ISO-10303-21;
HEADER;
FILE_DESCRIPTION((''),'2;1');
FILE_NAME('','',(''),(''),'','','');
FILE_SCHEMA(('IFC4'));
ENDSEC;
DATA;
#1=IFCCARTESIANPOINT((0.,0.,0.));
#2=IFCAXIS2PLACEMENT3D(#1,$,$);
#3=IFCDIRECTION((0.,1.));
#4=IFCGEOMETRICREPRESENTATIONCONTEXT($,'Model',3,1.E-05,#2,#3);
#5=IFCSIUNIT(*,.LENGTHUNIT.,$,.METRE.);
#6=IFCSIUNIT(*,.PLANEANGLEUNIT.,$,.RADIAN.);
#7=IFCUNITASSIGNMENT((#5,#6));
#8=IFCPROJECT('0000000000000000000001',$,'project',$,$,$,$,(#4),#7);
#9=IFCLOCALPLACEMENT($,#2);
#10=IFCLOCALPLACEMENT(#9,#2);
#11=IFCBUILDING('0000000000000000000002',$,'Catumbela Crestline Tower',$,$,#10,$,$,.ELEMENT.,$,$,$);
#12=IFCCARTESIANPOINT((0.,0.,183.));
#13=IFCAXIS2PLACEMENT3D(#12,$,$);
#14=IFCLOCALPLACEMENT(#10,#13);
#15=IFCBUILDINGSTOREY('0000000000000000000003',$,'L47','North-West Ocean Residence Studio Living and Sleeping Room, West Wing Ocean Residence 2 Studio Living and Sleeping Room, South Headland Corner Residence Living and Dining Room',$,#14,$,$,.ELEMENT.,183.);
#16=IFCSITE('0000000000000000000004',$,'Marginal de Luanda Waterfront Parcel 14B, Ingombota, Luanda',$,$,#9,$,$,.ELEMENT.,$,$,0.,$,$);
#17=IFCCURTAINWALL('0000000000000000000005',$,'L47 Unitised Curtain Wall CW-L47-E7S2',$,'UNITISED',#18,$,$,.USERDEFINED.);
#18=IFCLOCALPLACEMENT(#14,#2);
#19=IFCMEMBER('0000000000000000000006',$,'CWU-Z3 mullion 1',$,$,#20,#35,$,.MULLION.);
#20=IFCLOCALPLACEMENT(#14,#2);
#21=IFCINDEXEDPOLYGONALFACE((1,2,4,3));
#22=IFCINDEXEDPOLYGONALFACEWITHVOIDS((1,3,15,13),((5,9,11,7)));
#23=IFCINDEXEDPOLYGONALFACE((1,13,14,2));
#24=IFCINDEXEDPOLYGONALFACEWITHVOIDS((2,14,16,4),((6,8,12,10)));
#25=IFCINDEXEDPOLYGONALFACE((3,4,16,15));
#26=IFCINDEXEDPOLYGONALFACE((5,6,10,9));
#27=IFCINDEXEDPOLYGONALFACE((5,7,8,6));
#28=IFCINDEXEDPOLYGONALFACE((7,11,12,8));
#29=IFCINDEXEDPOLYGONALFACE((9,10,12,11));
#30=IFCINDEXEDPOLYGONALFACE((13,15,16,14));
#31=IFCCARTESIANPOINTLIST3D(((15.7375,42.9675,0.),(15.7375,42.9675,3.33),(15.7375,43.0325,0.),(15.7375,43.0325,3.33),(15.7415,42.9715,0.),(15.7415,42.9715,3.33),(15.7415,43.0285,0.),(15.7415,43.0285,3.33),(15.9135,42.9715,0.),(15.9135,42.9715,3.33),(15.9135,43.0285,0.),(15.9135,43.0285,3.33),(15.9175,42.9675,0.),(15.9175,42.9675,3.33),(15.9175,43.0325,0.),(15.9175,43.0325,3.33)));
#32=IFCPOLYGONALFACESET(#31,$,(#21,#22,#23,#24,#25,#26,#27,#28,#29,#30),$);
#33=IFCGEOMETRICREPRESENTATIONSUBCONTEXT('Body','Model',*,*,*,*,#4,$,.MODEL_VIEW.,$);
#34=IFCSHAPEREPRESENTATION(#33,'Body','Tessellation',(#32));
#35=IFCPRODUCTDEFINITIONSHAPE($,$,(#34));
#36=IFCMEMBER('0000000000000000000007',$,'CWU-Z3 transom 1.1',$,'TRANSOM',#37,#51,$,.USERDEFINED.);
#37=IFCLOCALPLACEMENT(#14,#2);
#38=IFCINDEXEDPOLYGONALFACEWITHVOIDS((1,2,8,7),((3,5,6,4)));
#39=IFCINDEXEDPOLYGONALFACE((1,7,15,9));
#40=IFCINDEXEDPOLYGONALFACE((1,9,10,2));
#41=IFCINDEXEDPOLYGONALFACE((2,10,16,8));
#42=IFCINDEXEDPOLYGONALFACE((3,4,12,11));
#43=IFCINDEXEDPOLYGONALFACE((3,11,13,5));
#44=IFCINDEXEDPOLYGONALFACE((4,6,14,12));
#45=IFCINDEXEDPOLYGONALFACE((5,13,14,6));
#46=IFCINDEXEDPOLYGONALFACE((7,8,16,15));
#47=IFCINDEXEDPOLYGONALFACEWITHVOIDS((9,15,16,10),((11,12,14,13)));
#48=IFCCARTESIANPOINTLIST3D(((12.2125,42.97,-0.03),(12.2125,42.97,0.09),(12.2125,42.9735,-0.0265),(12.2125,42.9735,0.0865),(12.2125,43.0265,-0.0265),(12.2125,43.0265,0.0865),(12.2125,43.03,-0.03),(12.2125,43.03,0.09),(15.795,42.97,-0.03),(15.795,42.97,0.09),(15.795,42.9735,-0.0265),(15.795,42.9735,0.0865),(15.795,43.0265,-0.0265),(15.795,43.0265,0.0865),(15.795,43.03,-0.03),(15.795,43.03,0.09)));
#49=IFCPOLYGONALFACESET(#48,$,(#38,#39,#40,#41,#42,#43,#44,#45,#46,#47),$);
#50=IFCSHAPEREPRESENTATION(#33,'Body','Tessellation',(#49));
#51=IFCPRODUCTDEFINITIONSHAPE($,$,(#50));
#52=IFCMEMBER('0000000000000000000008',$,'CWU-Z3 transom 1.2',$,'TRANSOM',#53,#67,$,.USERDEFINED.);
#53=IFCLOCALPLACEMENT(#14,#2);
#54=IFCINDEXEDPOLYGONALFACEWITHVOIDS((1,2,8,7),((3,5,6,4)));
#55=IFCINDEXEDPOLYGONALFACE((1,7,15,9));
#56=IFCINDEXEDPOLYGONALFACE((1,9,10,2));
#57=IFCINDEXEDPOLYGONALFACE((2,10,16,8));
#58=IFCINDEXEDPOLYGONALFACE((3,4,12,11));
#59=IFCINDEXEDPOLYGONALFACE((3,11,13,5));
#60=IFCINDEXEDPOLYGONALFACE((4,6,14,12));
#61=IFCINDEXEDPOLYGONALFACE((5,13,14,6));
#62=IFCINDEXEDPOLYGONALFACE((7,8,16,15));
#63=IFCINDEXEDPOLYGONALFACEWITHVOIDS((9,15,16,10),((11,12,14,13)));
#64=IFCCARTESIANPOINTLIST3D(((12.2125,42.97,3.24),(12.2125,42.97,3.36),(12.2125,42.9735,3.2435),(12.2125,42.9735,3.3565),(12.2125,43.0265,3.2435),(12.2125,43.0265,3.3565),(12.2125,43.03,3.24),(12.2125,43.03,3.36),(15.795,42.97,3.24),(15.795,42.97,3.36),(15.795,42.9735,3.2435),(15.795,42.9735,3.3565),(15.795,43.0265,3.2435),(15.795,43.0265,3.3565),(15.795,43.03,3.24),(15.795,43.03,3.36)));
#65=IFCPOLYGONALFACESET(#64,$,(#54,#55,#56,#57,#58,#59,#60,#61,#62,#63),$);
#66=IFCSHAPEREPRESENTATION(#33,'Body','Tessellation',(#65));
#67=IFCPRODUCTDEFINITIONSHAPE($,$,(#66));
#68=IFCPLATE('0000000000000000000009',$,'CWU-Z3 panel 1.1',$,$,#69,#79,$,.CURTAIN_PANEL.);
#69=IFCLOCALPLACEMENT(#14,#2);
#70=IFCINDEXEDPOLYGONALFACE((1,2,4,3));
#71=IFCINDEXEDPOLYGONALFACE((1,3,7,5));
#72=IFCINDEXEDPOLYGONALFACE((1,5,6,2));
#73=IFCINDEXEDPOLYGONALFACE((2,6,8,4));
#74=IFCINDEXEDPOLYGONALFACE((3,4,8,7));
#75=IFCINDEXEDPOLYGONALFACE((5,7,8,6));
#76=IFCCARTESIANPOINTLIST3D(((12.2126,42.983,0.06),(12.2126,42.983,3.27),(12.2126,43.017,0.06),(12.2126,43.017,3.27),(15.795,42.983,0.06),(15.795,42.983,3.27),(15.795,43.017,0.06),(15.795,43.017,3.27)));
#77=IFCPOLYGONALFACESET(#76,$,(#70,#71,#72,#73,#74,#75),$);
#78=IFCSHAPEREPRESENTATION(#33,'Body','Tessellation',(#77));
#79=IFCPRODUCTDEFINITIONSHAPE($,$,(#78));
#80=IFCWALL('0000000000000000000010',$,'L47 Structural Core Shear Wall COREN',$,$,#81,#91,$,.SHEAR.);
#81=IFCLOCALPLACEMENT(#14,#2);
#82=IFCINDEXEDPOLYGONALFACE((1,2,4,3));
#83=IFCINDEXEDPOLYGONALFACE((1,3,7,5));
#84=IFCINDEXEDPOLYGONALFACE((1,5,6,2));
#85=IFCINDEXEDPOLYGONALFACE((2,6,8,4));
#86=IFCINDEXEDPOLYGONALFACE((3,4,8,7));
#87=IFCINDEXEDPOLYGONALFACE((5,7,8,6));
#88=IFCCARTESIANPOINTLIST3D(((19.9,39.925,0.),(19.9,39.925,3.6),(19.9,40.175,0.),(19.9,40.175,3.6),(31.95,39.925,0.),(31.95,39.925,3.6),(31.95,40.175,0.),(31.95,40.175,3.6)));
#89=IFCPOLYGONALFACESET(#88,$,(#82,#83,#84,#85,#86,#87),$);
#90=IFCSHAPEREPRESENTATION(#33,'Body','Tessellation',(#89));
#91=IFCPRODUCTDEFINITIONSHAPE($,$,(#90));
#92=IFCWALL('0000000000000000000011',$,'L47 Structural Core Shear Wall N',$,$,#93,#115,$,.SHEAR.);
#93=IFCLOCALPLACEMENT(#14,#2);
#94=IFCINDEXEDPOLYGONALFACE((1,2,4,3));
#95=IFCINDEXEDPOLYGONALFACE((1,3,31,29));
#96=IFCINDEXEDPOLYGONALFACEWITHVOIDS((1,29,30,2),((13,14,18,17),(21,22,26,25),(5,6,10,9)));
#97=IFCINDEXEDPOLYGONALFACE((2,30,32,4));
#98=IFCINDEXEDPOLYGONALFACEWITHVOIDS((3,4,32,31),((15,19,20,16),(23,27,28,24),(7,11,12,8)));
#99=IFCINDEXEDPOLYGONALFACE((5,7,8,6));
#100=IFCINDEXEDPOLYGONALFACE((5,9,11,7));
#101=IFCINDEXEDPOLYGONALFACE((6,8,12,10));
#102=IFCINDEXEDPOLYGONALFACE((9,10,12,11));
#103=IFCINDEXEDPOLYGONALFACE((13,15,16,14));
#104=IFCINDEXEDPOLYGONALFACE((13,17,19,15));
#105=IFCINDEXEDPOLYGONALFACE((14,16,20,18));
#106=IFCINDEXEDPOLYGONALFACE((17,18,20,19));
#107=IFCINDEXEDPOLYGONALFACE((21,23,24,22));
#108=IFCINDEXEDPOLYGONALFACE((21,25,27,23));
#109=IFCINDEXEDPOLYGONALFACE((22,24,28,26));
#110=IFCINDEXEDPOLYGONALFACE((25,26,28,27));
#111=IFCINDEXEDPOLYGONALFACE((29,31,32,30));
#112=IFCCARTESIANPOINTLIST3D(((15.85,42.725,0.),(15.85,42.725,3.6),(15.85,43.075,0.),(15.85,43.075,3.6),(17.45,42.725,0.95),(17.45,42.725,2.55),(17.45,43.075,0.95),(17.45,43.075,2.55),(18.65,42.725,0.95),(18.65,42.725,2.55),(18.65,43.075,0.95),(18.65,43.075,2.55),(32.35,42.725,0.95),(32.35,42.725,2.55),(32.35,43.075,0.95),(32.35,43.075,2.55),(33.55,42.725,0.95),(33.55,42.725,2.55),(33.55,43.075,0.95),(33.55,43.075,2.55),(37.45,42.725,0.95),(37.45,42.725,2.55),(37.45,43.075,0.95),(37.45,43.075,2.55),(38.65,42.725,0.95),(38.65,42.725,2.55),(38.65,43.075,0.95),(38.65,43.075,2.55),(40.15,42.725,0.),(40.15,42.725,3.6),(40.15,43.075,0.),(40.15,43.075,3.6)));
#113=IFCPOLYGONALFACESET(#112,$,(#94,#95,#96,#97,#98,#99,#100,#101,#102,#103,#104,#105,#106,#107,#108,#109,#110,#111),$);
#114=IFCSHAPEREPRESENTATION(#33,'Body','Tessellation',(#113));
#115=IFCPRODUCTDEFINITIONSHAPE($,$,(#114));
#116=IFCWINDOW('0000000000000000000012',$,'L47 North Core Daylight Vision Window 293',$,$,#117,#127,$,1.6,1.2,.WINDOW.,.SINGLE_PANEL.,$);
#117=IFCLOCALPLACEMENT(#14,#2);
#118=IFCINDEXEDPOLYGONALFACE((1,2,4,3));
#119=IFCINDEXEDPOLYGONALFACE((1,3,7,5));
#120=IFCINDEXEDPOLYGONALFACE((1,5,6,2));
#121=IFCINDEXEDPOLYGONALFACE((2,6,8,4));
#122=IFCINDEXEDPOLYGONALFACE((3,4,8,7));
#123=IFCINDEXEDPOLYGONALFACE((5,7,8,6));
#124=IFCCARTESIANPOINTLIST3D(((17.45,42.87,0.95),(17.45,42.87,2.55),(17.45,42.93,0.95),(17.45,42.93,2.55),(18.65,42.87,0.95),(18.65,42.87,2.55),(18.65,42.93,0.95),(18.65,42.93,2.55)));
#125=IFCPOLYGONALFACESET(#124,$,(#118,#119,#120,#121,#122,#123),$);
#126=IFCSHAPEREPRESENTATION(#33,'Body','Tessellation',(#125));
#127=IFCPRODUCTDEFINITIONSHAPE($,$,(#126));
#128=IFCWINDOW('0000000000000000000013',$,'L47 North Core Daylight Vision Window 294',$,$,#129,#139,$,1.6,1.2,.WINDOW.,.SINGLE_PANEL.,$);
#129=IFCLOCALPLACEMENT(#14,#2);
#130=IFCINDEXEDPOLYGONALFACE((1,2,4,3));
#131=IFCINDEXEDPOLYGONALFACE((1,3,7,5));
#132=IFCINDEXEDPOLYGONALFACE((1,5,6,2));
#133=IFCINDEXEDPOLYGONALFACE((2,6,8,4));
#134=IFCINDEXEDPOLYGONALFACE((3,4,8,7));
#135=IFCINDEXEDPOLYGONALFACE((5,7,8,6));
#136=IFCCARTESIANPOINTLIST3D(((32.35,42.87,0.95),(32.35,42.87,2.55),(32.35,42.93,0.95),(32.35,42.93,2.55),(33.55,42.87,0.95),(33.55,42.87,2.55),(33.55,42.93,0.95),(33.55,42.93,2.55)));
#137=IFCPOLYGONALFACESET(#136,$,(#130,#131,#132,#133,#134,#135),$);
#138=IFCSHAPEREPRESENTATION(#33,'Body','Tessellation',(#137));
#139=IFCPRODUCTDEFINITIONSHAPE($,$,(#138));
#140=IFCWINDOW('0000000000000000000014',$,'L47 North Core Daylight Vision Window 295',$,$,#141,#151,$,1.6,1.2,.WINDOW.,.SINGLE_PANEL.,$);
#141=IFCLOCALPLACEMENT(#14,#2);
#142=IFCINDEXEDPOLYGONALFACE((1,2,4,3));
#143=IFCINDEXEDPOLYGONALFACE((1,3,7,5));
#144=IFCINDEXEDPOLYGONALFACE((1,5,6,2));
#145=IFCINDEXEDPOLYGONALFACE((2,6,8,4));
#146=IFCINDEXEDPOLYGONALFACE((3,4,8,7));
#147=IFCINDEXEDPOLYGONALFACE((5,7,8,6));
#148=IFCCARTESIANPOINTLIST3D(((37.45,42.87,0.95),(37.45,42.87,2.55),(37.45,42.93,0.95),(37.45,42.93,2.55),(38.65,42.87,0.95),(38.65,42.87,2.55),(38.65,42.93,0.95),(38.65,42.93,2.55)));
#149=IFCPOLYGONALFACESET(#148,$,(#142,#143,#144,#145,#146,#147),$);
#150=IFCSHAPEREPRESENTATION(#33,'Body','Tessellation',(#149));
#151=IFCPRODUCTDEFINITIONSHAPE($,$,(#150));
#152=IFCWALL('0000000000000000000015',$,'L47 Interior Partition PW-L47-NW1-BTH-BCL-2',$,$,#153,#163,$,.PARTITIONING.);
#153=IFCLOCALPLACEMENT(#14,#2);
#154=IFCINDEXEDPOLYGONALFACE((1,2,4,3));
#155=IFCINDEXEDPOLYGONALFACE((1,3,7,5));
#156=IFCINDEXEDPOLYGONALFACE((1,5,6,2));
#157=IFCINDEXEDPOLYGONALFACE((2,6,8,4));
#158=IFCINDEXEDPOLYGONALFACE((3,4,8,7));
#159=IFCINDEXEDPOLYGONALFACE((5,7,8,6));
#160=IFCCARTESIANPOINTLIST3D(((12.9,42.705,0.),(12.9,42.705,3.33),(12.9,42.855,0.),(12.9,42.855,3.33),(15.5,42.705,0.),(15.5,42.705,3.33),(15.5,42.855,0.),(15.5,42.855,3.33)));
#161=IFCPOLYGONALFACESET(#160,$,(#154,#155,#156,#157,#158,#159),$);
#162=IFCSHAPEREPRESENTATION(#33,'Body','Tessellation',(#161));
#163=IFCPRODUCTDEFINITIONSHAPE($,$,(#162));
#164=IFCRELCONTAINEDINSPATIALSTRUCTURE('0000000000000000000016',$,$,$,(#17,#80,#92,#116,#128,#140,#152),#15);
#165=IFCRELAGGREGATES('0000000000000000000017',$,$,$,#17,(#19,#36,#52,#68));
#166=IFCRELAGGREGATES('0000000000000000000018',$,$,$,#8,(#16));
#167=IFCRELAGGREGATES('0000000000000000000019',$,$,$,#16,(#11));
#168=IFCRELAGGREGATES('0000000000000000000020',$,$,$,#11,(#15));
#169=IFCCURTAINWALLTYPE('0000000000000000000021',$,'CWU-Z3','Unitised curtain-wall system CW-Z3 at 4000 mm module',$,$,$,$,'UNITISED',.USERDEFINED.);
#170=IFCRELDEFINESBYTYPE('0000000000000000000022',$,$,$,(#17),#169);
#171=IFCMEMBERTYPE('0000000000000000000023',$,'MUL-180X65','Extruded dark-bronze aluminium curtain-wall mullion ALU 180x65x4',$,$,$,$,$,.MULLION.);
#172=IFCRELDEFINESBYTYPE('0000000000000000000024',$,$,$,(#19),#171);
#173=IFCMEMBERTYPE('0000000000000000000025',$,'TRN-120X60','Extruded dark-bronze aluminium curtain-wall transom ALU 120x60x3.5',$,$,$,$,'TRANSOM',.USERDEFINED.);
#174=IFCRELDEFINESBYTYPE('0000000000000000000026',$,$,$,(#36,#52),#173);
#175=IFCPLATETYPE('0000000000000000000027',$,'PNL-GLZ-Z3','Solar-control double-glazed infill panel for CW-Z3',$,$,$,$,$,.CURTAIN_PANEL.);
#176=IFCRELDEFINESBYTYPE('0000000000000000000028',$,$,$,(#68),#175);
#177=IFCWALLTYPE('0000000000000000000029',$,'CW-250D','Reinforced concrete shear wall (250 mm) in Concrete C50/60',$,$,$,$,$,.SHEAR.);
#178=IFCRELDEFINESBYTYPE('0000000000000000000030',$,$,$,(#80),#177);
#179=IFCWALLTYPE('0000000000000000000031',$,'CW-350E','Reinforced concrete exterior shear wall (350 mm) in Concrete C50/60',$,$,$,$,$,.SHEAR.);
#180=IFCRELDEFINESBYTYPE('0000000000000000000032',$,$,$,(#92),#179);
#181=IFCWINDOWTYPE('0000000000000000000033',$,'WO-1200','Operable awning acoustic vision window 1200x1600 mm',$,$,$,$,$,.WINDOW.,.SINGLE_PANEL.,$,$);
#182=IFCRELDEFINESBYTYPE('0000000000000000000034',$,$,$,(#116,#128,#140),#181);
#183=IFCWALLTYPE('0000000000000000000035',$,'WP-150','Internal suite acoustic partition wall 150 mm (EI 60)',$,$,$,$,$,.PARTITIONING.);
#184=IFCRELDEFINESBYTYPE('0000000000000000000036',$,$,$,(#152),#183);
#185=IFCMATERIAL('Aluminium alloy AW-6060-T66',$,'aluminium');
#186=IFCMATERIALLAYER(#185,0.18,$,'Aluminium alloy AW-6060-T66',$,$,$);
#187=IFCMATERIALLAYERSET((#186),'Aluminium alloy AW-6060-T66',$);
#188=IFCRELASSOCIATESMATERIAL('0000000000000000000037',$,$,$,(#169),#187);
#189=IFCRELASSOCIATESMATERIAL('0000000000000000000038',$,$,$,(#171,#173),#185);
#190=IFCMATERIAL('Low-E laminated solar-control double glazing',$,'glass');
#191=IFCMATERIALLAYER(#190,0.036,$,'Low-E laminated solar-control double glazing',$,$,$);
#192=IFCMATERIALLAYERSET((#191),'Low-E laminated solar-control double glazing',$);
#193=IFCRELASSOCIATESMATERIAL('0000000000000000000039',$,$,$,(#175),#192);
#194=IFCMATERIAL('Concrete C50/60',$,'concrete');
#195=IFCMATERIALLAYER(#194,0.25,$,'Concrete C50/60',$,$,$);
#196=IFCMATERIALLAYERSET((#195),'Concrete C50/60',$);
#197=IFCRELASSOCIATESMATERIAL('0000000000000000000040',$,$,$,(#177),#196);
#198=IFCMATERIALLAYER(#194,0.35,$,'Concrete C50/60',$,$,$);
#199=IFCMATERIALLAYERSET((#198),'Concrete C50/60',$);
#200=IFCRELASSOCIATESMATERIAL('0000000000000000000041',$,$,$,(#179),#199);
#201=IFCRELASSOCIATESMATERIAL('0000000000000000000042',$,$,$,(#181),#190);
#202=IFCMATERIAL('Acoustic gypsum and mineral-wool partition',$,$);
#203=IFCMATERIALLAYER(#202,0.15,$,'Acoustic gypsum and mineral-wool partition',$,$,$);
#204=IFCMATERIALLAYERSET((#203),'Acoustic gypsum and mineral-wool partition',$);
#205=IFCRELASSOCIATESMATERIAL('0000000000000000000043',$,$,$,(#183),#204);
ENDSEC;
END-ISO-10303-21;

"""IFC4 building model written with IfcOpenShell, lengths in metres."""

from ifc_helpers import new_model, si_unit, direction, frame, frame_2d, origin, origin_2d, place, context, subcontext, project, spatial, rectangle, hollow_rectangle, extrude, material, layer, layer_set, material_profile, profile_set, type_object, element, fill, aggregate, save


model = new_model("IFC4")

# Units and contexts
model_context = context("Model", 3, precision=1e-05, world=origin(), true_north=direction((0.0, 1.0)))
body_context = subcontext(model_context, "Body", "Model", "MODEL_VIEW")
ifc_project = project(units=[si_unit("LENGTHUNIT", "METRE"), si_unit("PLANEANGLEUNIT", "RADIAN")], contexts=[model_context])

# Site, building, storey
site_placement = place(None, origin())
site = spatial("IfcSite", under=ifc_project, at=site_placement, Name="Marginal de Luanda Waterfront Parcel 14B, Ingombota, Luanda", CompositionType="ELEMENT", RefElevation=0.0)
building_placement = place(site_placement, origin())
building = spatial("IfcBuilding", under=site, at=building_placement, Name="Catumbela Crestline Tower", CompositionType="ELEMENT")
storey_placement = place(building_placement, frame((0.0, 0.0, 183.0)))
storey = spatial("IfcBuildingStorey", under=building, at=storey_placement, Name="L47", Description="North-West Ocean Residence Studio Living and Sleeping Room, West Wing Ocean Residence 2 Studio Living and Sleeping Room, South Headland Corner Residence Living and Dining Room", CompositionType="ELEMENT", Elevation=183.0)

# Curtain wall, members, plate
ifc_material_1 = material(Name="Aluminium alloy AW-6060-T66", Category="aluminium")
ifc_layer_1 = layer(ifc_material_1, 0.18, Name="Aluminium alloy AW-6060-T66")
ifc_layer_set_1 = layer_set([ifc_layer_1], Name="Aluminium alloy AW-6060-T66")
curtain_wall_type = type_object("IfcCurtainWallType", Name="CWU-Z3", Description="Unitised curtain-wall system CW-Z3 at 4000 mm module", ElementType="UNITISED", PredefinedType="USERDEFINED", material=ifc_layer_set_1)
curtain_wall_placement = place(storey_placement, origin())
curtain_wall = element("IfcCurtainWall", 1, at=curtain_wall_placement, inside=storey, type_object=curtain_wall_type, Name="L47 Unitised Curtain Wall CW-L47-E7S2", ObjectType="UNITISED", PredefinedType="USERDEFINED")
ifc_material_profile_1 = material_profile(ifc_material_1, hollow_rectangle(XDim=0.065, YDim=0.18, WallThickness=0.004, at=origin_2d()), Name="ALU 180x65x4")
ifc_profile_set_1 = profile_set([ifc_material_profile_1], Name="Aluminium alloy AW-6060-T66")
member_type_1 = type_object("IfcMemberType", Name="MUL-180X65", Description="Extruded dark-bronze aluminium curtain-wall mullion ALU 180x65x4", PredefinedType="MULLION", material=ifc_profile_set_1)
member_1_placement = place(storey_placement, frame((15.8275, 43.0, 0.0), z_axis=(0.0, 0.0, 1.0), x_axis=(0.0, -1.0, 0.0)))
member_1 = element("IfcMember", 2, at=member_1_placement, type_object=member_type_1, Name="CWU-Z3 mullion 1", PredefinedType="MULLION", context=body_context, shape_type="SweptSolid", body=[
    extrude(hollow_rectangle(XDim=0.065, YDim=0.18, WallThickness=0.004, at=origin_2d()), origin(), (0.0, 0.0, 1.0), 3.33),
])
ifc_material_profile_2 = material_profile(ifc_material_1, hollow_rectangle(XDim=0.06, YDim=0.12, WallThickness=0.0035, at=origin_2d()), Name="ALU 120x60x3.5")
ifc_profile_set_2 = profile_set([ifc_material_profile_2], Name="Aluminium alloy AW-6060-T66")
member_type_2 = type_object("IfcMemberType", Name="TRN-120X60", Description="Extruded dark-bronze aluminium curtain-wall transom ALU 120x60x3.5", ElementType="TRANSOM", PredefinedType="USERDEFINED", material=ifc_profile_set_2)
member_2_placement = place(storey_placement, frame((15.795, 43.0, 0.03), z_axis=(-1.0, 0.0, 0.0), x_axis=(0.0, -1.0, 0.0)))
member_2 = element("IfcMember", 3, at=member_2_placement, type_object=member_type_2, Name="CWU-Z3 transom 1.1", ObjectType="TRANSOM", PredefinedType="USERDEFINED", context=body_context, shape_type="SweptSolid", body=[
    extrude(hollow_rectangle(XDim=0.06, YDim=0.12, WallThickness=0.0035, at=origin_2d()), origin(), (0.0, 0.0, 1.0), 3.5825),
])
member_3_placement = place(storey_placement, frame((15.795, 43.0, 3.3), z_axis=(-1.0, 0.0, 0.0), x_axis=(0.0, -1.0, 0.0)))
member_3 = element("IfcMember", 4, at=member_3_placement, type_object=member_type_2, Name="CWU-Z3 transom 1.2", ObjectType="TRANSOM", PredefinedType="USERDEFINED", context=body_context, shape_type="SweptSolid", body=[
    extrude(hollow_rectangle(XDim=0.06, YDim=0.12, WallThickness=0.0035, at=origin_2d()), origin(), (0.0, 0.0, 1.0), 3.5825),
])
ifc_material_2 = material(Name="Low-E laminated solar-control double glazing", Category="glass")
ifc_layer_2 = layer(ifc_material_2, 0.036, Name="Low-E laminated solar-control double glazing")
ifc_layer_set_2 = layer_set([ifc_layer_2], Name="Low-E laminated solar-control double glazing")
plate_type = type_object("IfcPlateType", Name="PNL-GLZ-Z3", Description="Solar-control double-glazed infill panel for CW-Z3", PredefinedType="CURTAIN_PANEL", material=ifc_layer_set_2)
plate_placement = place(storey_placement, frame((14.0038, 43.0, 0.06), z_axis=(0.0, 0.0, 1.0), x_axis=(-1.0, 0.0, 0.0)))
plate = element("IfcPlate", 5, at=plate_placement, type_object=plate_type, Name="CWU-Z3 panel 1.1", PredefinedType="CURTAIN_PANEL", context=body_context, shape_type="SweptSolid", body=[
    extrude(rectangle(XDim=3.5825, YDim=0.034, at=origin_2d()), origin(), (0.0, 0.0, 1.0), 3.21),
])
aggregate(curtain_wall, [member_1, member_2, member_3, plate])

# Wall
ifc_material_3 = material(Name="Concrete C50/60", Category="concrete")
ifc_layer_3 = layer(ifc_material_3, 0.25, Name="Concrete C50/60")
ifc_layer_set_3 = layer_set([ifc_layer_3], Name="Concrete C50/60")
wall_type_1 = type_object("IfcWallType", Name="CW-250D", Description="Reinforced concrete shear wall (250 mm) in Concrete C50/60", PredefinedType="SHEAR", material=ifc_layer_set_3)
wall_1_placement = place(storey_placement, frame((19.9, 40.05, 0.0), z_axis=(0.0, 0.0, 1.0), x_axis=(1.0, 0.0, 0.0)))
element("IfcWall", 6, at=wall_1_placement, inside=storey, type_object=wall_type_1, Name="L47 Structural Core Shear Wall COREN", PredefinedType="SHEAR", context=body_context, shape_type="SweptSolid", body=[
    extrude(rectangle(XDim=12.05, YDim=0.25, at=frame_2d((6.025, 0.0))), origin(), (0.0, 0.0, 1.0), 3.6),
])

# Wall, openings, windows
ifc_layer_4 = layer(ifc_material_3, 0.35, Name="Concrete C50/60")
ifc_layer_set_4 = layer_set([ifc_layer_4], Name="Concrete C50/60")
wall_type_2 = type_object("IfcWallType", Name="CW-350E", Description="Reinforced concrete exterior shear wall (350 mm) in Concrete C50/60", PredefinedType="SHEAR", material=ifc_layer_set_4)
wall_2_placement = place(storey_placement, frame((15.85, 42.9, 0.0), z_axis=(0.0, 0.0, 1.0), x_axis=(1.0, 0.0, 0.0)))
wall_2 = element("IfcWall", 7, at=wall_2_placement, inside=storey, type_object=wall_type_2, Name="L47 Structural Core Shear Wall N", PredefinedType="SHEAR", context=body_context, shape_type="SweptSolid", body=[
    extrude(rectangle(XDim=24.3, YDim=0.35, at=frame_2d((12.15, 0.0))), origin(), (0.0, 0.0, 1.0), 3.6),
])
opening_1_placement = place(wall_2_placement, frame((1.6, 0.0, 0.95)))
opening_1 = element("IfcOpeningElement", 8, at=opening_1_placement, cuts=wall_2, PredefinedType="OPENING", context=body_context, shape_type="SweptSolid", body=[
    extrude(rectangle(XDim=1.2, YDim=1.6, at=frame_2d((0.6, 0.8))), frame((0.0, 0.185, 0.0), z_axis=(0.0, -1.0, 0.0), x_axis=(1.0, 0.0, 0.0)), (0.0, 0.0, 1.0), 0.37),
])
opening_2_placement = place(wall_2_placement, frame((16.5, 0.0, 0.95)))
opening_2 = element("IfcOpeningElement", 9, at=opening_2_placement, cuts=wall_2, PredefinedType="OPENING", context=body_context, shape_type="SweptSolid", body=[
    extrude(rectangle(XDim=1.2, YDim=1.6, at=frame_2d((0.6, 0.8))), frame((0.0, 0.185, 0.0), z_axis=(0.0, -1.0, 0.0), x_axis=(1.0, 0.0, 0.0)), (0.0, 0.0, 1.0), 0.37),
])
opening_3_placement = place(wall_2_placement, frame((21.6, 0.0, 0.95)))
opening_3 = element("IfcOpeningElement", 10, at=opening_3_placement, cuts=wall_2, PredefinedType="OPENING", context=body_context, shape_type="SweptSolid", body=[
    extrude(rectangle(XDim=1.2, YDim=1.6, at=frame_2d((0.6, 0.8))), frame((0.0, 0.185, 0.0), z_axis=(0.0, -1.0, 0.0), x_axis=(1.0, 0.0, 0.0)), (0.0, 0.0, 1.0), 0.37),
])
window_type = type_object("IfcWindowType", Name="WO-1200", Description="Operable awning acoustic vision window 1200x1600 mm", PartitioningType="SINGLE_PANEL", PredefinedType="WINDOW", material=ifc_material_2)
window_1_placement = place(opening_1_placement, origin())
window_1 = element("IfcWindow", 11, at=window_1_placement, inside=storey, type_object=window_type, Name="L47 North Core Daylight Vision Window 293", OverallHeight=1.6, OverallWidth=1.2, PartitioningType="SINGLE_PANEL", PredefinedType="WINDOW", context=body_context, shape_type="SweptSolid", body=[
    extrude(rectangle(XDim=1.2, YDim=1.6, at=frame_2d((0.6, 0.8))), frame((0.0, 0.03, 0.0), z_axis=(0.0, -1.0, 0.0), x_axis=(1.0, 0.0, 0.0)), (0.0, 0.0, 1.0), 0.06),
])
fill(opening_1, window_1)
window_2_placement = place(opening_2_placement, origin())
window_2 = element("IfcWindow", 12, at=window_2_placement, inside=storey, type_object=window_type, Name="L47 North Core Daylight Vision Window 294", OverallHeight=1.6, OverallWidth=1.2, PartitioningType="SINGLE_PANEL", PredefinedType="WINDOW", context=body_context, shape_type="SweptSolid", body=[
    extrude(rectangle(XDim=1.2, YDim=1.6, at=frame_2d((0.6, 0.8))), frame((0.0, 0.03, 0.0), z_axis=(0.0, -1.0, 0.0), x_axis=(1.0, 0.0, 0.0)), (0.0, 0.0, 1.0), 0.06),
])
fill(opening_2, window_2)
window_3_placement = place(opening_3_placement, origin())
window_3 = element("IfcWindow", 13, at=window_3_placement, inside=storey, type_object=window_type, Name="L47 North Core Daylight Vision Window 295", OverallHeight=1.6, OverallWidth=1.2, PartitioningType="SINGLE_PANEL", PredefinedType="WINDOW", context=body_context, shape_type="SweptSolid", body=[
    extrude(rectangle(XDim=1.2, YDim=1.6, at=frame_2d((0.6, 0.8))), frame((0.0, 0.03, 0.0), z_axis=(0.0, -1.0, 0.0), x_axis=(1.0, 0.0, 0.0)), (0.0, 0.0, 1.0), 0.06),
])
fill(opening_3, window_3)

# Wall
ifc_material_4 = material(Name="Acoustic gypsum and mineral-wool partition")
ifc_layer_5 = layer(ifc_material_4, 0.15, Name="Acoustic gypsum and mineral-wool partition")
ifc_layer_set_5 = layer_set([ifc_layer_5], Name="Acoustic gypsum and mineral-wool partition")
wall_type_3 = type_object("IfcWallType", Name="WP-150", Description="Internal suite acoustic partition wall 150 mm (EI 60)", PredefinedType="PARTITIONING", material=ifc_layer_set_5)
wall_3_placement = place(storey_placement, frame((12.9, 42.78, 0.0), z_axis=(0.0, 0.0, 1.0), x_axis=(1.0, 0.0, 0.0)))
element("IfcWall", 14, at=wall_3_placement, inside=storey, type_object=wall_type_3, Name="L47 Interior Partition PW-L47-NW1-BTH-BCL-2", PredefinedType="PARTITIONING", context=body_context, shape_type="SweptSolid", body=[
    extrude(rectangle(XDim=2.6, YDim=0.15, at=frame_2d((1.3, 0.0))), origin(), (0.0, 0.0, 1.0), 3.33),
])

save(model, "model.ifc")
